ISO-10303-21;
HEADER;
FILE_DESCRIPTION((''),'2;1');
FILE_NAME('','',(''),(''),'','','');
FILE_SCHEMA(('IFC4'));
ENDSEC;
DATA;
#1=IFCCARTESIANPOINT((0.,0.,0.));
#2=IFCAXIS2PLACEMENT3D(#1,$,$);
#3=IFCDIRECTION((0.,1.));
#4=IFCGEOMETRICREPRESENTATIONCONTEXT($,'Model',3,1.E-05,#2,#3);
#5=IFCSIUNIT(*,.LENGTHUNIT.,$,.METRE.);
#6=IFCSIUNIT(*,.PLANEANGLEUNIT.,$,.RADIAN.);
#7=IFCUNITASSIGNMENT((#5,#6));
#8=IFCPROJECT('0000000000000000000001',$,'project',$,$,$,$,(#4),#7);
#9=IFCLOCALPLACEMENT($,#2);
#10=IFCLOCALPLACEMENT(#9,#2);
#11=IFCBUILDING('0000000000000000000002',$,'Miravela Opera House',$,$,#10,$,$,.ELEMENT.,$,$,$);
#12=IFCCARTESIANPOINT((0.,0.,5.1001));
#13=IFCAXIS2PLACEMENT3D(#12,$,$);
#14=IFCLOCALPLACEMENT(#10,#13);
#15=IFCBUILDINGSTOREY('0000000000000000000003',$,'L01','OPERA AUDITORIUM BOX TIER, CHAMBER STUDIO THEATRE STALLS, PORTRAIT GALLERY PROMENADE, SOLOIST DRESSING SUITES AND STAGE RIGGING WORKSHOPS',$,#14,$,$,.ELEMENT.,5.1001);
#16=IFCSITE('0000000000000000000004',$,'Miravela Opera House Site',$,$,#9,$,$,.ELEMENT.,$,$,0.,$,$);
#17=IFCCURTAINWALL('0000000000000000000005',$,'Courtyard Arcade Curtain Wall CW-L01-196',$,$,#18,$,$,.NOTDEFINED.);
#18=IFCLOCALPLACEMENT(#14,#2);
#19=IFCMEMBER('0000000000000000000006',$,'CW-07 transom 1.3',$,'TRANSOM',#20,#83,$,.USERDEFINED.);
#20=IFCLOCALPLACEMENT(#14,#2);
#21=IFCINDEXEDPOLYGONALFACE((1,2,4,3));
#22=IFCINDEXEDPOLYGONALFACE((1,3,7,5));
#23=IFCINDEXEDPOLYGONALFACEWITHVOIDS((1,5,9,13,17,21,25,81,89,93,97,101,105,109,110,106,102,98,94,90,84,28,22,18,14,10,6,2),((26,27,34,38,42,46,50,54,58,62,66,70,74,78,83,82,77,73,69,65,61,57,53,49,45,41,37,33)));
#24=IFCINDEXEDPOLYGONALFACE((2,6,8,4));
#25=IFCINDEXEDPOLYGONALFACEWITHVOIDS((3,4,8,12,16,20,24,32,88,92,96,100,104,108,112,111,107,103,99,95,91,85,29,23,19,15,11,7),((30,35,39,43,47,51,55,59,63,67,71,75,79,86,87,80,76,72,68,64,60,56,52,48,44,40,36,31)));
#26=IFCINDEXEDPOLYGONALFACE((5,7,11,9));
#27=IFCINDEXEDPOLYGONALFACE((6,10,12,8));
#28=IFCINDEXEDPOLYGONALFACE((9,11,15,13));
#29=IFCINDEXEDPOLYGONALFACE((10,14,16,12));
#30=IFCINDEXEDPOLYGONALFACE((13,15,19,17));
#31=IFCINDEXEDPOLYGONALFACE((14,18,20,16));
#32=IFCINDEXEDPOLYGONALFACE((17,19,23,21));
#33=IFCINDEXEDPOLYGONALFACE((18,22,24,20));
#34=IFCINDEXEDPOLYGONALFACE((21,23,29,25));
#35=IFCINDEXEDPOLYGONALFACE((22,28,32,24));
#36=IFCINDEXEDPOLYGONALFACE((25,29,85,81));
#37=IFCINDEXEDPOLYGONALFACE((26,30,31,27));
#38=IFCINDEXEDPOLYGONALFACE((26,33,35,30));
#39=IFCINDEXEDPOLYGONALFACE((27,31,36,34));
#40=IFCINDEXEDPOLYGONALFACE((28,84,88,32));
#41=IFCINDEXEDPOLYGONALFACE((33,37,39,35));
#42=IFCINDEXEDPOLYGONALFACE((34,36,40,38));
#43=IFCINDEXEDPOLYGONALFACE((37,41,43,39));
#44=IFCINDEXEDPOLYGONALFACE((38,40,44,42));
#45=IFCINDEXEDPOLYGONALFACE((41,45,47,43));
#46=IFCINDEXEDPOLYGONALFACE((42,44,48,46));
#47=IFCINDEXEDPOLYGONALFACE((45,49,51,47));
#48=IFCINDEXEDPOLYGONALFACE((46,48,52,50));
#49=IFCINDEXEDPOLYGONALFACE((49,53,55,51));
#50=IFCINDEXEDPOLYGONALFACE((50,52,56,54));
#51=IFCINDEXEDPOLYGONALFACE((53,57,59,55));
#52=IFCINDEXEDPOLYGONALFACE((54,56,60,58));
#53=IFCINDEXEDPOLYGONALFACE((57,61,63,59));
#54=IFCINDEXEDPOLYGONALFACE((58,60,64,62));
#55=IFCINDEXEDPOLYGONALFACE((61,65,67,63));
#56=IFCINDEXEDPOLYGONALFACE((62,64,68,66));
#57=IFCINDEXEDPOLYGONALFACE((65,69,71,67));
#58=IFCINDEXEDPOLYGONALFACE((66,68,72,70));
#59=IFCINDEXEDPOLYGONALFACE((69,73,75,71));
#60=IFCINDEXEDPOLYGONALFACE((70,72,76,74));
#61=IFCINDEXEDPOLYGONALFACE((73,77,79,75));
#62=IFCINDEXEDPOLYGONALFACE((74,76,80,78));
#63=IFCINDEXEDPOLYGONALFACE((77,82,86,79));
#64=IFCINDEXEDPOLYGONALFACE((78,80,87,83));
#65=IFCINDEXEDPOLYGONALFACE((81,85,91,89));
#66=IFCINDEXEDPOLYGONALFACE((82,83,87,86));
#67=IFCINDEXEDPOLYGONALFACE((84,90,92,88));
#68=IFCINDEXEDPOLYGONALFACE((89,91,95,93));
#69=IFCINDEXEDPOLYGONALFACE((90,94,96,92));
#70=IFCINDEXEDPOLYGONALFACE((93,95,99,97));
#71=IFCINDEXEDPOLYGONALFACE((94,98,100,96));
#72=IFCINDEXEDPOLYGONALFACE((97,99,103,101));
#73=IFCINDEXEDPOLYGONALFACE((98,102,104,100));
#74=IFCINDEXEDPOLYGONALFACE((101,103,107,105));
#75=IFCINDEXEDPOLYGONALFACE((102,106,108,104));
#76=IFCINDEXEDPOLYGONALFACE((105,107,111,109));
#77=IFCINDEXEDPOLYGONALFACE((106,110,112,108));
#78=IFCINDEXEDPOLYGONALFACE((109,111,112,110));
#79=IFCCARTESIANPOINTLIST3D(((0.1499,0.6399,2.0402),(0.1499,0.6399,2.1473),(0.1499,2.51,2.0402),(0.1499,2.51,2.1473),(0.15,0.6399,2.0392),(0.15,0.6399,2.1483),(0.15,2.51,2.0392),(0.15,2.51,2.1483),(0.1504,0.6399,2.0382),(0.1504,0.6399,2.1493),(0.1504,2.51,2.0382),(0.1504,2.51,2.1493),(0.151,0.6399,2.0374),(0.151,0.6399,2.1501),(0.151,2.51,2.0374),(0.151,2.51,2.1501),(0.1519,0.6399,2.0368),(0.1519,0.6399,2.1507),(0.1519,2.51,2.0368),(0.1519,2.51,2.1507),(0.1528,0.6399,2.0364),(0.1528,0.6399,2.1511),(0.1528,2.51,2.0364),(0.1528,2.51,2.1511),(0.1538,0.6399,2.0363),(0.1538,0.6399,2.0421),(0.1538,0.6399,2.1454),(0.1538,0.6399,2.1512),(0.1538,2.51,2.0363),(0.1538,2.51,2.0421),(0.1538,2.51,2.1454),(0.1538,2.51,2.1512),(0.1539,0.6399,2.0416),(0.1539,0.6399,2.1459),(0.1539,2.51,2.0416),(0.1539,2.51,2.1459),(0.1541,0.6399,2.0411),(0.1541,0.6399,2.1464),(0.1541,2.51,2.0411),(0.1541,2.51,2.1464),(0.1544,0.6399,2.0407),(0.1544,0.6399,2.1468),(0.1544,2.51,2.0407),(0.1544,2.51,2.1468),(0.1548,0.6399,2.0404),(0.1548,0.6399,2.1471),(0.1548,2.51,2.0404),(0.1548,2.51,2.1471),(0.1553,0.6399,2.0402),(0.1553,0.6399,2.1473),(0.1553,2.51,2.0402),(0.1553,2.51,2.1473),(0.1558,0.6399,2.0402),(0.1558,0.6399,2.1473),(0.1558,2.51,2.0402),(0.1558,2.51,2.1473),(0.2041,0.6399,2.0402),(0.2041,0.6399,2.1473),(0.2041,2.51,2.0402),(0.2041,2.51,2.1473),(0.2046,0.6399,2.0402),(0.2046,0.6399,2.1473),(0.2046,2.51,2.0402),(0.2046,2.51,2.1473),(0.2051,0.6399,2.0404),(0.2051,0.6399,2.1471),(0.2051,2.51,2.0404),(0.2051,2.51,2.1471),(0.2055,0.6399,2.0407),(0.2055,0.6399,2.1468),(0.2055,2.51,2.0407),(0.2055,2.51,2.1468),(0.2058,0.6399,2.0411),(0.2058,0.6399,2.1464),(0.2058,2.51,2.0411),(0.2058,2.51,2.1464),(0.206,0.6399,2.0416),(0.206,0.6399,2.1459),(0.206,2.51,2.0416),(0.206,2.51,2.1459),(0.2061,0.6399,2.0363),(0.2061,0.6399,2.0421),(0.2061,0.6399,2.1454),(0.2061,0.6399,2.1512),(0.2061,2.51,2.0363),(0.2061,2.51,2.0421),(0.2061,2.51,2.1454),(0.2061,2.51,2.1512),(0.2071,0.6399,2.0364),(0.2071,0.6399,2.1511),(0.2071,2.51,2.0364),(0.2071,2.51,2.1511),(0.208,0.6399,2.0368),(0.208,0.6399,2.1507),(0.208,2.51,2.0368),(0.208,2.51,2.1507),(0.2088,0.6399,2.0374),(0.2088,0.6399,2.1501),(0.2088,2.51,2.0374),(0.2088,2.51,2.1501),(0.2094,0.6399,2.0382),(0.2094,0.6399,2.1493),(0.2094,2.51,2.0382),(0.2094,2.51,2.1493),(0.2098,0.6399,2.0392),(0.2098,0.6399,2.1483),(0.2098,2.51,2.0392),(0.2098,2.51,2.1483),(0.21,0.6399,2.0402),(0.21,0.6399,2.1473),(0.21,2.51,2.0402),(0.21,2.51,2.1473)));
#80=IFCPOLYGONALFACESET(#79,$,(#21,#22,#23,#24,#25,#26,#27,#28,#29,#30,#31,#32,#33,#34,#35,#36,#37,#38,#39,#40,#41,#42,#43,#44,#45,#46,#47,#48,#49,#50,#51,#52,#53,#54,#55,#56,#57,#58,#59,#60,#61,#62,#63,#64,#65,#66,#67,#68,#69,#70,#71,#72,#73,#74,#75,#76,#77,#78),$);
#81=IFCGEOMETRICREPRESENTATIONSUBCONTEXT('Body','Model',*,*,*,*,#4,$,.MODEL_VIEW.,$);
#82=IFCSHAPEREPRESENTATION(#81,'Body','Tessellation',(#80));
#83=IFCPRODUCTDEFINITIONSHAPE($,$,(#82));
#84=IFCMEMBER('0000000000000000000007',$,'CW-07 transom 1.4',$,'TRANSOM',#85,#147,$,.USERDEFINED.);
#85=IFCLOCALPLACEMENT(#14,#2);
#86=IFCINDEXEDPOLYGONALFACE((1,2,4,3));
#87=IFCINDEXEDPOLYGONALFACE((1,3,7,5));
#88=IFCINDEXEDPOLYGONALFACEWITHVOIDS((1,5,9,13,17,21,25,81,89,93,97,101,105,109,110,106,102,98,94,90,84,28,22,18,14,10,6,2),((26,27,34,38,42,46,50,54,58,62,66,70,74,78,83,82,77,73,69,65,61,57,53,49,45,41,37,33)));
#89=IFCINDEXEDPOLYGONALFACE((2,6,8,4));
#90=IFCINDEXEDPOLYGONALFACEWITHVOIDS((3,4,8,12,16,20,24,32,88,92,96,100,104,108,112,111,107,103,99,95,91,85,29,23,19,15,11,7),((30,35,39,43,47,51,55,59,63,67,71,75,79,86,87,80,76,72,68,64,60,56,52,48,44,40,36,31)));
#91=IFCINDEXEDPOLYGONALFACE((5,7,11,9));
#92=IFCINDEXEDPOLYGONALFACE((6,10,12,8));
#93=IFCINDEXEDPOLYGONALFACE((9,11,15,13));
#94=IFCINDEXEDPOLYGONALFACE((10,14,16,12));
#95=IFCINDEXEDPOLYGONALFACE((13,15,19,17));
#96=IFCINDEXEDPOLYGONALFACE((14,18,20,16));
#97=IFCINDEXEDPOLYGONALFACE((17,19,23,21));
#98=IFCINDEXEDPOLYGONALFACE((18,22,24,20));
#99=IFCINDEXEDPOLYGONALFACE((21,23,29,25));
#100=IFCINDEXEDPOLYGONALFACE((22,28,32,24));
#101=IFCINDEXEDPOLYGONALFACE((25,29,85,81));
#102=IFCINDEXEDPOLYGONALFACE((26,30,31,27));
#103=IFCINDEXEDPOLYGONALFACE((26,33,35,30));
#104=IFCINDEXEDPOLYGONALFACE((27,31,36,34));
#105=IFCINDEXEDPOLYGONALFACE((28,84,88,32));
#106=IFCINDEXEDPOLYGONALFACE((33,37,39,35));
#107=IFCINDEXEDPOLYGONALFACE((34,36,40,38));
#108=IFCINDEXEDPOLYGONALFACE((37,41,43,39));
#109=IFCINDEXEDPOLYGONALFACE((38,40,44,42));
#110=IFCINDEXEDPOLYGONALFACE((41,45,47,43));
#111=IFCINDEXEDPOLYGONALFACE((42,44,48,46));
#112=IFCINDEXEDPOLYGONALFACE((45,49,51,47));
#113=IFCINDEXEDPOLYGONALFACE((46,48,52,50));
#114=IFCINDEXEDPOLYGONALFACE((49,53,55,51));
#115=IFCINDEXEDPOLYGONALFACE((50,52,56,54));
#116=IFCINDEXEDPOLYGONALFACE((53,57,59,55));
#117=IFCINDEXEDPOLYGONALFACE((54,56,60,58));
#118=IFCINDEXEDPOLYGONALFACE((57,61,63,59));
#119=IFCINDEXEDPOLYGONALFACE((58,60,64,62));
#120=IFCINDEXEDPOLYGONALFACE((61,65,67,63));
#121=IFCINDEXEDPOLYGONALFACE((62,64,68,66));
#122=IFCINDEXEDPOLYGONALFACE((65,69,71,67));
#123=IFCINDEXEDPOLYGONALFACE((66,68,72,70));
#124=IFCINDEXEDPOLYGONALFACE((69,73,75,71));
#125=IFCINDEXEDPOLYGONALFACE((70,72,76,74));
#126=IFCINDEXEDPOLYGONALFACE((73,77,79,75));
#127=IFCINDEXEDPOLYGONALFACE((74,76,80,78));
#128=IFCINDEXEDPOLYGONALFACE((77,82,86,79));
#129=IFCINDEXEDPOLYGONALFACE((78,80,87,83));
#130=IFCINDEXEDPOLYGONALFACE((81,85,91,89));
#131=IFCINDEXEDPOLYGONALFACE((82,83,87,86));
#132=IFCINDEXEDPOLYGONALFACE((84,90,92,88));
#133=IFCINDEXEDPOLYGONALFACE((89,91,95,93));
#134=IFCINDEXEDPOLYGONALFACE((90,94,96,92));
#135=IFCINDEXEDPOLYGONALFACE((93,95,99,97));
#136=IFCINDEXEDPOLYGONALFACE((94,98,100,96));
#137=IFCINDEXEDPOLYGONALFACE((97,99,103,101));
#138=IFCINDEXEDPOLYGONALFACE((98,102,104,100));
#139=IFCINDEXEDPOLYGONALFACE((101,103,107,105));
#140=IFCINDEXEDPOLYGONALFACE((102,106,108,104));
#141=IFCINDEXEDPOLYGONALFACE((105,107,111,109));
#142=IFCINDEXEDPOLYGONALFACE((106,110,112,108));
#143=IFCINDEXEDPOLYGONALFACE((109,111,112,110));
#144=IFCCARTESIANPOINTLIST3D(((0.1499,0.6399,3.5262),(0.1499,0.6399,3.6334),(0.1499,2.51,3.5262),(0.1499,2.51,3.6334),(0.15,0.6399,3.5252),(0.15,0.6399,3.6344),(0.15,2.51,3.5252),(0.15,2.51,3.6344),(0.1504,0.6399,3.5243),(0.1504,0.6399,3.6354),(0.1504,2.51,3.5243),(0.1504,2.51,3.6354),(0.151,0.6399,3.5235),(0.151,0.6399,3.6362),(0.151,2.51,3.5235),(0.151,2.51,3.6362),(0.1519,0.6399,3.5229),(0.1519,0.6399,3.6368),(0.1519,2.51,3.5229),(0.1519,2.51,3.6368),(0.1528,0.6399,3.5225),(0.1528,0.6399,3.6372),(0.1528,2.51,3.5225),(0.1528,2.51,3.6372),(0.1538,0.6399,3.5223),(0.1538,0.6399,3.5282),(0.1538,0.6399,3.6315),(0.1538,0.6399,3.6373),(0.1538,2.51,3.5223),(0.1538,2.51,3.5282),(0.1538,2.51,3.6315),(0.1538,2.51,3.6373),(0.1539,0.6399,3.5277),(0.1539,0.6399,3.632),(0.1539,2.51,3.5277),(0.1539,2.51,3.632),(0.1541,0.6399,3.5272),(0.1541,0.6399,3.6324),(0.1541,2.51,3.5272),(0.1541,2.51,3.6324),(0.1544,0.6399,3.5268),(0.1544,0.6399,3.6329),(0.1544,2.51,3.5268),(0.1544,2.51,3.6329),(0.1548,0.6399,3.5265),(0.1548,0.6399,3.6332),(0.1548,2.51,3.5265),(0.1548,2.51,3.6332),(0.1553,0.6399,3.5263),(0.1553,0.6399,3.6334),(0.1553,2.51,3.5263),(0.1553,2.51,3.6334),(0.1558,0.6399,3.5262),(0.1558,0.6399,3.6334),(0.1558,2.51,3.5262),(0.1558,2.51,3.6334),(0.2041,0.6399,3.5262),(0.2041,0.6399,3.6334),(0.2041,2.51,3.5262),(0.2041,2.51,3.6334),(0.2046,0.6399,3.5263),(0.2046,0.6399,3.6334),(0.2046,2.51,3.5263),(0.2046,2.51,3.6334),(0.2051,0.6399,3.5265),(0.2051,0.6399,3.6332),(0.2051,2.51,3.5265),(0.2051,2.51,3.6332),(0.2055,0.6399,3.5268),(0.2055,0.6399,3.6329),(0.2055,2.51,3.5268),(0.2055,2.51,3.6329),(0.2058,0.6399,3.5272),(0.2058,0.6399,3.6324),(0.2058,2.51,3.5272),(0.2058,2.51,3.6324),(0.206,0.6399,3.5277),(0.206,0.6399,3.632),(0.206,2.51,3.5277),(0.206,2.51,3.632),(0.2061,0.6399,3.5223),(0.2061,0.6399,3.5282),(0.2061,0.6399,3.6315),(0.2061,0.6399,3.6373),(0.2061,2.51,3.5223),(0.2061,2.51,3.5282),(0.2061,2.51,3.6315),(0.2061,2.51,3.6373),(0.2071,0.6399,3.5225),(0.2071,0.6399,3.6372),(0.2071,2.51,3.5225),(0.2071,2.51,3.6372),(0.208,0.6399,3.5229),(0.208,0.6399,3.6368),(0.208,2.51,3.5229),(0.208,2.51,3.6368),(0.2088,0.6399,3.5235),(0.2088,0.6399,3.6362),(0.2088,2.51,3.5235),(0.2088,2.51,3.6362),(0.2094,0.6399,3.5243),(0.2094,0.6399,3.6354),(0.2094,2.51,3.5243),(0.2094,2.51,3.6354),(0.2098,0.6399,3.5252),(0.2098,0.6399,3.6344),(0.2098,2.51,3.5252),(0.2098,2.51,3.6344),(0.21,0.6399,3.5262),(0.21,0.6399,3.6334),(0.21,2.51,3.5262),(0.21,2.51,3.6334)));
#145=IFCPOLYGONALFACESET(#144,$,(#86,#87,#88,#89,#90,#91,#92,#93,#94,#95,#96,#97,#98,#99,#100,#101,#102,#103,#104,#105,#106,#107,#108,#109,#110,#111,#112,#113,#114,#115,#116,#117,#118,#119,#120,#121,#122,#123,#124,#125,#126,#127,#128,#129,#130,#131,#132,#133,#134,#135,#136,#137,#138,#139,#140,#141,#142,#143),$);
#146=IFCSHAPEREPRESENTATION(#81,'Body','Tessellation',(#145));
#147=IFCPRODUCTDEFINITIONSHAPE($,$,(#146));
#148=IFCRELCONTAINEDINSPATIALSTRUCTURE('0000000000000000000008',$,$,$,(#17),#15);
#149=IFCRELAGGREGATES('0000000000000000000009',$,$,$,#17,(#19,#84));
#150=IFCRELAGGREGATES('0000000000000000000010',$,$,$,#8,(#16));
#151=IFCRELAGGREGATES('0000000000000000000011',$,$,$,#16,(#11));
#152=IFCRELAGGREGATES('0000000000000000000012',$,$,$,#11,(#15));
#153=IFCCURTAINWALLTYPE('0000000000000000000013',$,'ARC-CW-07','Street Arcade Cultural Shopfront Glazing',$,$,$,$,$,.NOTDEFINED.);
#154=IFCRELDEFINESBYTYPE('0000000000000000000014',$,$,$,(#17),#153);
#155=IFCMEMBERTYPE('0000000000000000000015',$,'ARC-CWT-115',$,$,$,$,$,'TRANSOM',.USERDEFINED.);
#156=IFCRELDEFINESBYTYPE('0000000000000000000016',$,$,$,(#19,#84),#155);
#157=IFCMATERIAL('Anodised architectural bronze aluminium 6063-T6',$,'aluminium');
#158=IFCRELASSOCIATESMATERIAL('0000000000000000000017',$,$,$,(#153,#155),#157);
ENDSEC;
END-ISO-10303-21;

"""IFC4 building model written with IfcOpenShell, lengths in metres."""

from ifc_helpers import new_model, si_unit, direction, frame, origin, origin_2d, place, context, subcontext, project, spatial, hollow_rectangle, extrude, material, material_profile, profile_set, type_object, element, aggregate, save


model = new_model("IFC4")

# Units and contexts
model_context = context("Model", 3, precision=1e-05, world=origin(), true_north=direction((0.0, 1.0)))
body_context = subcontext(model_context, "Body", "Model", "MODEL_VIEW")
ifc_project = project(units=[si_unit("LENGTHUNIT", "METRE"), si_unit("PLANEANGLEUNIT", "RADIAN")], contexts=[model_context])

# Site, building, storey
site_placement = place(None, origin())
site = spatial("IfcSite", under=ifc_project, at=site_placement, Name="Miravela Opera House Site", CompositionType="ELEMENT", RefElevation=0.0)
building_placement = place(site_placement, origin())
building = spatial("IfcBuilding", under=site, at=building_placement, Name="Miravela Opera House", CompositionType="ELEMENT")
storey_placement = place(building_placement, frame((0.0, 0.0, 5.1001)))
storey = spatial("IfcBuildingStorey", under=building, at=storey_placement, Name="L01", Description="OPERA AUDITORIUM BOX TIER, CHAMBER STUDIO THEATRE STALLS, PORTRAIT GALLERY PROMENADE, SOLOIST DRESSING SUITES AND STAGE RIGGING WORKSHOPS", CompositionType="ELEMENT", Elevation=5.1001)

# Curtain wall, members
ifc_material_1 = material(Name="Anodised architectural bronze aluminium 6063-T6", Category="aluminium")
curtain_wall_type = type_object("IfcCurtainWallType", Name="ARC-CW-07", Description="Street Arcade Cultural Shopfront Glazing", PredefinedType="NOTDEFINED", material=ifc_material_1)
curtain_wall_placement = place(storey_placement, origin())
curtain_wall = element("IfcCurtainWall", 1, at=curtain_wall_placement, inside=storey, type_object=curtain_wall_type, Name="Courtyard Arcade Curtain Wall CW-L01-196", PredefinedType="NOTDEFINED")
ifc_material_profile_1 = material_profile(ifc_material_1, hollow_rectangle(XDim=0.0601, YDim=0.115, WallThickness=0.0039, InnerFilletRadius=0.002, OuterFilletRadius=0.0039, at=origin_2d()), Name="CWT-60X115")
ifc_profile_set_1 = profile_set([ifc_material_profile_1])
member_type_1 = type_object("IfcMemberType", Name="ARC-CWT-115", ElementType="TRANSOM", PredefinedType="USERDEFINED", material=ifc_profile_set_1)
member_1_placement = place(storey_placement, frame((0.1799, 0.6399, 2.0938), z_axis=(0.0, 1.0, 0.0), x_axis=(-1.0, 0.0, 0.0)))
member_1 = element("IfcMember", 2, at=member_1_placement, type_object=member_type_1, Name="CW-07 transom 1.3", ObjectType="TRANSOM", PredefinedType="USERDEFINED", context=body_context, shape_type="SweptSolid", body=[
    extrude(hollow_rectangle(XDim=0.0601, YDim=0.115, WallThickness=0.0039, InnerFilletRadius=0.002, OuterFilletRadius=0.0039, at=origin_2d()), origin(), (0.0, 0.0, 1.0), 1.8701),
])
member_2_placement = place(storey_placement, frame((0.1799, 0.6399, 3.5798), z_axis=(0.0, 1.0, 0.0), x_axis=(-1.0, 0.0, 0.0)))
member_2 = element("IfcMember", 3, at=member_2_placement, type_object=member_type_1, Name="CW-07 transom 1.4", ObjectType="TRANSOM", PredefinedType="USERDEFINED", context=body_context, shape_type="SweptSolid", body=[
    extrude(hollow_rectangle(XDim=0.0601, YDim=0.115, WallThickness=0.0039, InnerFilletRadius=0.002, OuterFilletRadius=0.0039, at=origin_2d()), origin(), (0.0, 0.0, 1.0), 1.8701),
])

aggregate(curtain_wall, [member_1, member_2])

save(model, "model.ifc")
